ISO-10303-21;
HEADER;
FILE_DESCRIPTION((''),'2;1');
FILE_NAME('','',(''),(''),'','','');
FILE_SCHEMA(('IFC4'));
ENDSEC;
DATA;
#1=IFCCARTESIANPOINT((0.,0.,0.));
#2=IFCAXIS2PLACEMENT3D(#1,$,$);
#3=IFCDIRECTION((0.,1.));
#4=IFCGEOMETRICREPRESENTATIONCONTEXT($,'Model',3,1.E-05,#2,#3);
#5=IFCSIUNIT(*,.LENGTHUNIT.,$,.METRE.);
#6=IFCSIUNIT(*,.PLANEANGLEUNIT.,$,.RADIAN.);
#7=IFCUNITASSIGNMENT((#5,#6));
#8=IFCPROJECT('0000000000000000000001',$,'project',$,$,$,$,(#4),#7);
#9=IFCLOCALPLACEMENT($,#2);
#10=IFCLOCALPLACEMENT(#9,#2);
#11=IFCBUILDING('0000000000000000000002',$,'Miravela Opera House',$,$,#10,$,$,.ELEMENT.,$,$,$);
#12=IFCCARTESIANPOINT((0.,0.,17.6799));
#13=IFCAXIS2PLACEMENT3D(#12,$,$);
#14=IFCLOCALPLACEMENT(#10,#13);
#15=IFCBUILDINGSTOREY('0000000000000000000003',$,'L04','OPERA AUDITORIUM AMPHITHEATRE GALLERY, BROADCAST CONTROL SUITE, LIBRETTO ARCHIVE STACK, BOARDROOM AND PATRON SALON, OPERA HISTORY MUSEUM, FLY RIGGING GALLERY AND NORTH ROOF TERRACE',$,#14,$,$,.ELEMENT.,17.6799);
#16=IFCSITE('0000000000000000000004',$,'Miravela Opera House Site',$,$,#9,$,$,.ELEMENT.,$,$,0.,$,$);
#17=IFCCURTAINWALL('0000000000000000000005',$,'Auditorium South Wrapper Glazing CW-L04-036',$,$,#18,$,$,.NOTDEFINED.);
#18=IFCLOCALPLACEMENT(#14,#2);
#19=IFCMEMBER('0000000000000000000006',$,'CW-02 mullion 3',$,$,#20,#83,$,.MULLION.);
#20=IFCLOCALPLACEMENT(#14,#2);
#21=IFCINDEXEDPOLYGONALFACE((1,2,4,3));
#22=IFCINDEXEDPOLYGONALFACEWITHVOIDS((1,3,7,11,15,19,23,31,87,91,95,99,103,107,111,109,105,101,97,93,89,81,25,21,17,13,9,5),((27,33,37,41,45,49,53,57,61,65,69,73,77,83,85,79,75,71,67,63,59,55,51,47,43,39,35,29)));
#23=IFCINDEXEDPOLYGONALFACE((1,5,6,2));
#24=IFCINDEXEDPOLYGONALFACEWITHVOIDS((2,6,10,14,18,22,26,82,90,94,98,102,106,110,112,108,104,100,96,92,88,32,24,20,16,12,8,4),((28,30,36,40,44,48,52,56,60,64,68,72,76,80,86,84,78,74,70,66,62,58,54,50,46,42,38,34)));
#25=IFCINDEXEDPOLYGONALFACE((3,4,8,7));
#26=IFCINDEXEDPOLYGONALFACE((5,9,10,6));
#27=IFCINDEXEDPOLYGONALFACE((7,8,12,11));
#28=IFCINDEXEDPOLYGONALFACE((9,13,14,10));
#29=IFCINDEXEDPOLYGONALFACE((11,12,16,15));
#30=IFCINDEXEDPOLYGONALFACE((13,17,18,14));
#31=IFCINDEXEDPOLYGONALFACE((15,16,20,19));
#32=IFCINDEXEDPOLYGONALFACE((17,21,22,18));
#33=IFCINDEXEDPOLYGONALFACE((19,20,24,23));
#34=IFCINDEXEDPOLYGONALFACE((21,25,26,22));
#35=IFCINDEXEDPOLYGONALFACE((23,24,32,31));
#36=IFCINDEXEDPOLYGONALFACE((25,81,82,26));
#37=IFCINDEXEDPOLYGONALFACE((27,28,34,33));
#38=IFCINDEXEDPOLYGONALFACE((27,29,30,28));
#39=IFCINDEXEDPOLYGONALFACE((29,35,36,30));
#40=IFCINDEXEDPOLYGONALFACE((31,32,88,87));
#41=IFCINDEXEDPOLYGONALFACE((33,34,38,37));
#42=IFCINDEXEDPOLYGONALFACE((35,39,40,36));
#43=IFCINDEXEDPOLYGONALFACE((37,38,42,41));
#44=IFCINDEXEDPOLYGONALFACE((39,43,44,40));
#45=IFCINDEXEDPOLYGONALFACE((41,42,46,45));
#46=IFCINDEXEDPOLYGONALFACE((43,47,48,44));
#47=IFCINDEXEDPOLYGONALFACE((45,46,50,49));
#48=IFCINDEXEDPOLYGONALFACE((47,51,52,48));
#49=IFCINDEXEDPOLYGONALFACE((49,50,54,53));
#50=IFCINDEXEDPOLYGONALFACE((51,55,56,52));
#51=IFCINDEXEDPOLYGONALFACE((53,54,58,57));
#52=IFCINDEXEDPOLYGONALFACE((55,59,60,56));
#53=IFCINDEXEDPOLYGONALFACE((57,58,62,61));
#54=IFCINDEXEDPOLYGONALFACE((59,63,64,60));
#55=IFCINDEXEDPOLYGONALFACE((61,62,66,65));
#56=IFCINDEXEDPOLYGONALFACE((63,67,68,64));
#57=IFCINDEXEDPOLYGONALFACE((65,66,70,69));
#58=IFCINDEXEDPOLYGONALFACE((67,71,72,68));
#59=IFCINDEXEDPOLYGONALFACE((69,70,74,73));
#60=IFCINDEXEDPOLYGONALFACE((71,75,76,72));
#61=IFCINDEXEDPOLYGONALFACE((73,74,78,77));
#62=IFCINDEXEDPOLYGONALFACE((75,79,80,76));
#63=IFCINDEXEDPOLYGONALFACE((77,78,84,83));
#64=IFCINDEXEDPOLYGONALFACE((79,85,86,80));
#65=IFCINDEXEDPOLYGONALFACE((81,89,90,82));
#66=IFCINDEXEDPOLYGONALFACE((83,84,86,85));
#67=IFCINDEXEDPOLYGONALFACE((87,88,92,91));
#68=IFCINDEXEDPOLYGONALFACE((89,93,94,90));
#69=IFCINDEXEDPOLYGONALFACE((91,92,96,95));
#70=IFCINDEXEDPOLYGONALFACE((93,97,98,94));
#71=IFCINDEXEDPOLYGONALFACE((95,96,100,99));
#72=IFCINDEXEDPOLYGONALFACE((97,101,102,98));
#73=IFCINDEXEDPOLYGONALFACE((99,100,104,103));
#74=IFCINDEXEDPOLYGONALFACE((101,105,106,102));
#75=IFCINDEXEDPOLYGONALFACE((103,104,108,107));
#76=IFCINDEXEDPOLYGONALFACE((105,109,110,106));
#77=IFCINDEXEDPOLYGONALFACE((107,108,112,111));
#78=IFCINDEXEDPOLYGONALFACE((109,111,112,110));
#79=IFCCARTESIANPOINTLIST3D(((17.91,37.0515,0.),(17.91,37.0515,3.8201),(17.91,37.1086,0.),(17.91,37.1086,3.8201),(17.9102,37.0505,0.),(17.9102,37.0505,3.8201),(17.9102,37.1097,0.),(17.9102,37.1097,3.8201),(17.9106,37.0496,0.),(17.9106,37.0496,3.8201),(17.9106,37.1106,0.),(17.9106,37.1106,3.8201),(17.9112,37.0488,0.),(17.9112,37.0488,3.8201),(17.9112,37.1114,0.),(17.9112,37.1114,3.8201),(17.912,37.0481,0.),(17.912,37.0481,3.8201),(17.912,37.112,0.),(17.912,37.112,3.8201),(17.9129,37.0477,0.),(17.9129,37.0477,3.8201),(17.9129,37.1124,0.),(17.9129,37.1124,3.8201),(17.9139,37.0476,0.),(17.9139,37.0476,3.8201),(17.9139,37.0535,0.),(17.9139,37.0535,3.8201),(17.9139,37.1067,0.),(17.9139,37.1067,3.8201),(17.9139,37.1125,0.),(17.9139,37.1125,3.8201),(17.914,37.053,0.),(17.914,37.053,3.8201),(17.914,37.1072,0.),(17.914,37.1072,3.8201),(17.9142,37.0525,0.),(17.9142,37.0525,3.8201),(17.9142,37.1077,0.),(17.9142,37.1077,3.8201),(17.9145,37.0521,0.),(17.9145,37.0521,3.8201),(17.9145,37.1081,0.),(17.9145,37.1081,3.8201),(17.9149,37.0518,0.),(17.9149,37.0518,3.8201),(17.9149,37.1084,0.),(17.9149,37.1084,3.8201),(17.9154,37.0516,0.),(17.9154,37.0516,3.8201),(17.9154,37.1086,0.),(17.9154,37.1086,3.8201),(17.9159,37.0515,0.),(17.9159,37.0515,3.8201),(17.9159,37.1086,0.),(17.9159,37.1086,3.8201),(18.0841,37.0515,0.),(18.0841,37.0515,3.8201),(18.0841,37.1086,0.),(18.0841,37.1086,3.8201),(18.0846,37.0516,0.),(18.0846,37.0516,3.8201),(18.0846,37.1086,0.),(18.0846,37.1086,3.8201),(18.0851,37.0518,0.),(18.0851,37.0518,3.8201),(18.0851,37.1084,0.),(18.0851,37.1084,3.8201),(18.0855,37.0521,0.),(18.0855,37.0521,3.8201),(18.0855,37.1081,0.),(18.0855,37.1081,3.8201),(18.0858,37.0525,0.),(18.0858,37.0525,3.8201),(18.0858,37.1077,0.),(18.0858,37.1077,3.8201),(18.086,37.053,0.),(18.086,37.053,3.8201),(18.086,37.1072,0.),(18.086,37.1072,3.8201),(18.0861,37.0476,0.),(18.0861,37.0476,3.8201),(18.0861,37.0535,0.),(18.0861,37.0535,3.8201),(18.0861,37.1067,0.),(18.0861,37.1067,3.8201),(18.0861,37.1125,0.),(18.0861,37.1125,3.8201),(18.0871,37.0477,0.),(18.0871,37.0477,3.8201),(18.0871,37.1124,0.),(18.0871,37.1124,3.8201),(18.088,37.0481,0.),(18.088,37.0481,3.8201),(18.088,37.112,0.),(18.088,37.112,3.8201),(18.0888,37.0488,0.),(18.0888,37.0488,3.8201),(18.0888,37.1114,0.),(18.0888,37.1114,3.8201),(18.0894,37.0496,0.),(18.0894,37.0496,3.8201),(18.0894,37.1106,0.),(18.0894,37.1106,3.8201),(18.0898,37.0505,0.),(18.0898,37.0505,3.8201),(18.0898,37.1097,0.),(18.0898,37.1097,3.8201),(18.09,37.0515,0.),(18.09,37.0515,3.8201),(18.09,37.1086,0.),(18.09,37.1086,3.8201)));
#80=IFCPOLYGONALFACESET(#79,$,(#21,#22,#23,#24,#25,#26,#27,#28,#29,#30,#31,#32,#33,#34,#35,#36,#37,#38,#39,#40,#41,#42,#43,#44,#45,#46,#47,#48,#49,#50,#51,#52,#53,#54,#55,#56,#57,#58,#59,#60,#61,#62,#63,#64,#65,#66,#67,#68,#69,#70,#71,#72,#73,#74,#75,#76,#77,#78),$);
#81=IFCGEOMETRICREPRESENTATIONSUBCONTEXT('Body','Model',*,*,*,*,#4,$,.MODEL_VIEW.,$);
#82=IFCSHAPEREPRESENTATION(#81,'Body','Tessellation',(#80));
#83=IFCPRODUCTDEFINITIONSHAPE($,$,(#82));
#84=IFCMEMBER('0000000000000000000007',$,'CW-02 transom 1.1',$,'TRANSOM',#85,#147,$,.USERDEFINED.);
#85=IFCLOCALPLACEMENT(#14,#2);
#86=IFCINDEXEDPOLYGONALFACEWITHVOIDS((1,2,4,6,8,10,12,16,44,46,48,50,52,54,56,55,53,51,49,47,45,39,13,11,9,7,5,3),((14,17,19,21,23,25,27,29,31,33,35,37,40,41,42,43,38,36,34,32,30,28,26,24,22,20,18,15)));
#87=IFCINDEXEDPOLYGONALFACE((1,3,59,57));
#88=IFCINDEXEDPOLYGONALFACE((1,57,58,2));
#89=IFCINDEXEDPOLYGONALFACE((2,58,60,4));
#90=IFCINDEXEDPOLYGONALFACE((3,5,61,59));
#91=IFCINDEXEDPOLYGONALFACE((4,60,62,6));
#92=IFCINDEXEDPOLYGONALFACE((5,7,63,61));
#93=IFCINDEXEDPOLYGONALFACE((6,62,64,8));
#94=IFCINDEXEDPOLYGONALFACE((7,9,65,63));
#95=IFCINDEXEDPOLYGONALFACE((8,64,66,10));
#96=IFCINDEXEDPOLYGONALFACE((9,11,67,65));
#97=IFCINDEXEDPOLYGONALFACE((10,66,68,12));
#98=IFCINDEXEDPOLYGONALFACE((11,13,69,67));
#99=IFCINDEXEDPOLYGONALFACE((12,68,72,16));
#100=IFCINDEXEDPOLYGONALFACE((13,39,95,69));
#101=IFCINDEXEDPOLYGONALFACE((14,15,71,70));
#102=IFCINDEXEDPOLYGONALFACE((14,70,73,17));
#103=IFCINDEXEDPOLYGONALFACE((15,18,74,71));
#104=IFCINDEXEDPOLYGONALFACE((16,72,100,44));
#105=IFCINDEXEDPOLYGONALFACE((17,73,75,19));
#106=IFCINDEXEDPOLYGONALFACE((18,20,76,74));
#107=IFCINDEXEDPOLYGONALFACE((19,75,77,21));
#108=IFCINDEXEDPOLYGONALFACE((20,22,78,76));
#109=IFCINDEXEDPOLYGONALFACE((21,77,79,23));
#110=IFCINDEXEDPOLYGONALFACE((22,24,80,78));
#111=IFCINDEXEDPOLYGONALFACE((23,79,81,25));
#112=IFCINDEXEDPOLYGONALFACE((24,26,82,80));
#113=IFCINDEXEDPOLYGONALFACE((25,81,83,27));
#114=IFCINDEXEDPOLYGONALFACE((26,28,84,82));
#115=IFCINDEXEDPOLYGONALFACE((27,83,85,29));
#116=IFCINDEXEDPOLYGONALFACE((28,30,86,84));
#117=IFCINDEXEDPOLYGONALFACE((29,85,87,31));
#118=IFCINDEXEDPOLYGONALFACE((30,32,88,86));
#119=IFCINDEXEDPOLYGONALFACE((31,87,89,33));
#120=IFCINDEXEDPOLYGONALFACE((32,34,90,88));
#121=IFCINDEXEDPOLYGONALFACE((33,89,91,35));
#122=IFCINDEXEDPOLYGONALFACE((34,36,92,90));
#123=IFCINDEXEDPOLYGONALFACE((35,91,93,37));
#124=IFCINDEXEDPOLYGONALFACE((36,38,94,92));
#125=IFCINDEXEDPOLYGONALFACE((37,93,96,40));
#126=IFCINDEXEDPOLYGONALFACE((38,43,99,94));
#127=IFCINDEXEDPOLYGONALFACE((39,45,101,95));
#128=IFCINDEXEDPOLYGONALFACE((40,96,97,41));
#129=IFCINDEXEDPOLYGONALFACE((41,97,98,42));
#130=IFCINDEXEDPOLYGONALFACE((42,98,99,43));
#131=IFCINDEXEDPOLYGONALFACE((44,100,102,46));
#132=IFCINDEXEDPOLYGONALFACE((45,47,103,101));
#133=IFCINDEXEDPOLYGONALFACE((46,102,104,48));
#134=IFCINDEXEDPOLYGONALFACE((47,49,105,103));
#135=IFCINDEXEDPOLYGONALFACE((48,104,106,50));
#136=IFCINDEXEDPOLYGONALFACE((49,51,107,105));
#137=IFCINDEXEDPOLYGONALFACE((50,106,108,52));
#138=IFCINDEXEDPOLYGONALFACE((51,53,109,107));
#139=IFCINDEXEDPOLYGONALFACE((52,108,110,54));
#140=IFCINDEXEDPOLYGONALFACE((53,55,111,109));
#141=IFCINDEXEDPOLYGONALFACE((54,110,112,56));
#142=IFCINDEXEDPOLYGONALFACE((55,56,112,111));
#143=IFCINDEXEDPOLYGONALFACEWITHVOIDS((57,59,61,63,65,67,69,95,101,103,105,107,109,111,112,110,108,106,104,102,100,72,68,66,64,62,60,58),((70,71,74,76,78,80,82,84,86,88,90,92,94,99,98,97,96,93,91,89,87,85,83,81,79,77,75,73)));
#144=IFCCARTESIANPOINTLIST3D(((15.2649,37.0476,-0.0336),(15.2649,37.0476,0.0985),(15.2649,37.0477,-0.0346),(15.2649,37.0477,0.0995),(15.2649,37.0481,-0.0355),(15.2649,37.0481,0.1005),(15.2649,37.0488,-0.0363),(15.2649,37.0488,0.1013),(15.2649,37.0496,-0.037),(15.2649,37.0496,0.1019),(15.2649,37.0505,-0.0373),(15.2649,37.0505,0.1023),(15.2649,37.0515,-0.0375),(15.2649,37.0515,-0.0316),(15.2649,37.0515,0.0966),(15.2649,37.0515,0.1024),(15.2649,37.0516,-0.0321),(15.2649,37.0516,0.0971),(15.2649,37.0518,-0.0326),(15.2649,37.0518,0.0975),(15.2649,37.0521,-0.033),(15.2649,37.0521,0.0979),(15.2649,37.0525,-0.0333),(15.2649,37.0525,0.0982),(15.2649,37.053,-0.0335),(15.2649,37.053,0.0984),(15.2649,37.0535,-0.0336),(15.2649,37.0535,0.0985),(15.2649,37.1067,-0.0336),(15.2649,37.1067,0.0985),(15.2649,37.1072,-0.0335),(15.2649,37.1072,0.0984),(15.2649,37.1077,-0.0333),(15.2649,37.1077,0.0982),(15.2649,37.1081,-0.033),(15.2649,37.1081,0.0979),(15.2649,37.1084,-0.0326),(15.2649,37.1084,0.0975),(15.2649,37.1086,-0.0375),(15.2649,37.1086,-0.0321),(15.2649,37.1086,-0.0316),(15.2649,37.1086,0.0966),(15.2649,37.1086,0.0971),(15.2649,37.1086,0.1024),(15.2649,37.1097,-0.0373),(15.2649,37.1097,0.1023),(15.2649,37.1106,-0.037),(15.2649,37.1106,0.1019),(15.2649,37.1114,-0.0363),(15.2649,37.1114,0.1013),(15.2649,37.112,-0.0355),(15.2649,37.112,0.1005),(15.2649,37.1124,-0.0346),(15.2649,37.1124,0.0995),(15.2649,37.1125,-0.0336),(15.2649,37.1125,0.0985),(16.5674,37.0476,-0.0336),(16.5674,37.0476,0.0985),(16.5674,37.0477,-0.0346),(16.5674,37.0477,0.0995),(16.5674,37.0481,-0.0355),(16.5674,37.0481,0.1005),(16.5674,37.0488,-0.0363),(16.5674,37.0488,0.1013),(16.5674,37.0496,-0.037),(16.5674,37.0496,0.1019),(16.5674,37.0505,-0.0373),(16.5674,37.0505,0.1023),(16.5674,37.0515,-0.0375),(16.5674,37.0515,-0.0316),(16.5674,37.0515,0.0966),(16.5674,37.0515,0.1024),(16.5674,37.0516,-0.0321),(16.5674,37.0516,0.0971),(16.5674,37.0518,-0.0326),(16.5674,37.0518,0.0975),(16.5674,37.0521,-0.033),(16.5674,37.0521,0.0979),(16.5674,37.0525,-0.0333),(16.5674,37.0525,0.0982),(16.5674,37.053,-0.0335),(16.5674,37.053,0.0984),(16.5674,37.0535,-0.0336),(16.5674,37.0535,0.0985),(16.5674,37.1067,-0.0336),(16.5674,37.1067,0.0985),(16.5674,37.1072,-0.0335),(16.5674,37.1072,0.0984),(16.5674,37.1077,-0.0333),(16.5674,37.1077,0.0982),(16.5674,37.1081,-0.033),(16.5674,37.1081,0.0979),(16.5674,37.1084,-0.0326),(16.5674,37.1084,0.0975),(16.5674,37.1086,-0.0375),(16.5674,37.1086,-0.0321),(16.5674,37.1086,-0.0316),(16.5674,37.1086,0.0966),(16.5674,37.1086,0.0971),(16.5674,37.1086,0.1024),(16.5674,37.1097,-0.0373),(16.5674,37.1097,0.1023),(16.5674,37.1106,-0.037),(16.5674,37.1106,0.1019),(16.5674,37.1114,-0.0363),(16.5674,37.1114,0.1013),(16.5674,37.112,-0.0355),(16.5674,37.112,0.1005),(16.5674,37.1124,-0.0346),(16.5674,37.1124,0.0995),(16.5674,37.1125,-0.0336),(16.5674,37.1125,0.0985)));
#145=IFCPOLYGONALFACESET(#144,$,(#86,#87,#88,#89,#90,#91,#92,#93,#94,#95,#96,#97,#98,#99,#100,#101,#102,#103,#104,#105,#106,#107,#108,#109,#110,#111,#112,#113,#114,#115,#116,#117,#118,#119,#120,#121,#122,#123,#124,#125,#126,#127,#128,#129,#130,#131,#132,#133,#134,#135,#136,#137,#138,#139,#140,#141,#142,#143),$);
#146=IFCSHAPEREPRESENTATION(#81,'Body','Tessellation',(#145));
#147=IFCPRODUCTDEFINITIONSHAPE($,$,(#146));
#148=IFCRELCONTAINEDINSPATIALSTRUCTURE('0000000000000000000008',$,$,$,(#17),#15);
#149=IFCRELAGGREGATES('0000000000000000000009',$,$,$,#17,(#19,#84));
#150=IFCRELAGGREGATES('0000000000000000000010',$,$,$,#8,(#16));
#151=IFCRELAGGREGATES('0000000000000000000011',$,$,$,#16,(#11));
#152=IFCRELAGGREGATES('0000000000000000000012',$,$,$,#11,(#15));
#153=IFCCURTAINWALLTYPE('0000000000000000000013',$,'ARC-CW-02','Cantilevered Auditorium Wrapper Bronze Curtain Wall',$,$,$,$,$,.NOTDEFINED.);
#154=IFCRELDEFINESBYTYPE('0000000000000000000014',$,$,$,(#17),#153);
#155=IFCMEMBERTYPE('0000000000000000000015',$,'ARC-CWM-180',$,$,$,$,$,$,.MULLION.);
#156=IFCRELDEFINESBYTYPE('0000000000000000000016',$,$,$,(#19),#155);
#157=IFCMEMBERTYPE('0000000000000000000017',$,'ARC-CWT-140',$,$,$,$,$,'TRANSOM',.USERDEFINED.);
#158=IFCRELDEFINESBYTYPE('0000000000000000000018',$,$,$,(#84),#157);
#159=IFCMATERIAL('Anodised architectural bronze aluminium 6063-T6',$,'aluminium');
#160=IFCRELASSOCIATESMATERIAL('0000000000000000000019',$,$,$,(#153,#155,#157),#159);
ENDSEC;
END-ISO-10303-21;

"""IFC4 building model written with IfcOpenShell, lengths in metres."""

from ifc_helpers import new_model, si_unit, direction, frame, origin, origin_2d, place, context, subcontext, project, spatial, hollow_rectangle, extrude, material, material_profile, profile_set, type_object, element, aggregate, save


model = new_model("IFC4")

# Units and contexts
model_context = context("Model", 3, precision=1e-05, world=origin(), true_north=direction((0.0, 1.0)))
body_context = subcontext(model_context, "Body", "Model", "MODEL_VIEW")
ifc_project = project(units=[si_unit("LENGTHUNIT", "METRE"), si_unit("PLANEANGLEUNIT", "RADIAN")], contexts=[model_context])

# Site, building, storey
site_placement = place(None, origin())
site = spatial("IfcSite", under=ifc_project, at=site_placement, Name="Miravela Opera House Site", CompositionType="ELEMENT", RefElevation=0.0)
building_placement = place(site_placement, origin())
building = spatial("IfcBuilding", under=site, at=building_placement, Name="Miravela Opera House", CompositionType="ELEMENT")
storey_placement = place(building_placement, frame((0.0, 0.0, 17.6799)))
storey = spatial("IfcBuildingStorey", under=building, at=storey_placement, Name="L04", Description="OPERA AUDITORIUM AMPHITHEATRE GALLERY, BROADCAST CONTROL SUITE, LIBRETTO ARCHIVE STACK, BOARDROOM AND PATRON SALON, OPERA HISTORY MUSEUM, FLY RIGGING GALLERY AND NORTH ROOF TERRACE", CompositionType="ELEMENT", Elevation=17.6799)

# Curtain wall, members
ifc_material_1 = material(Name="Anodised architectural bronze aluminium 6063-T6", Category="aluminium")
curtain_wall_type = type_object("IfcCurtainWallType", Name="ARC-CW-02", Description="Cantilevered Auditorium Wrapper Bronze Curtain Wall", PredefinedType="NOTDEFINED", material=ifc_material_1)
curtain_wall_placement = place(storey_placement, origin())
curtain_wall = element("IfcCurtainWall", 1, at=curtain_wall_placement, inside=storey, type_object=curtain_wall_type, Name="Auditorium South Wrapper Glazing CW-L04-036", PredefinedType="NOTDEFINED")
ifc_material_profile_1 = material_profile(ifc_material_1, hollow_rectangle(XDim=0.0649, YDim=0.1799, WallThickness=0.0039, InnerFilletRadius=0.002, OuterFilletRadius=0.0039, at=origin_2d()), Name="CWM-65X180")
ifc_profile_set_1 = profile_set([ifc_material_profile_1])
member_type_1 = type_object("IfcMemberType", Name="ARC-CWM-180", PredefinedType="MULLION", material=ifc_profile_set_1)
member_1_placement = place(storey_placement, frame((18.0, 37.0801, 0.0), z_axis=(0.0, 0.0, 1.0), x_axis=(0.0, 1.0, 0.0)))
member_1 = element("IfcMember", 2, at=member_1_placement, type_object=member_type_1, Name="CW-02 mullion 3", PredefinedType="MULLION", context=body_context, shape_type="SweptSolid", body=[
    extrude(hollow_rectangle(XDim=0.0649, YDim=0.1799, WallThickness=0.0039, InnerFilletRadius=0.002, OuterFilletRadius=0.0039, at=origin_2d()), origin(), (0.0, 0.0, 1.0), 3.8201),
])
ifc_material_profile_2 = material_profile(ifc_material_1, hollow_rectangle(XDim=0.0649, YDim=0.1399, WallThickness=0.0039, InnerFilletRadius=0.002, OuterFilletRadius=0.0039, at=origin_2d()), Name="CWT-65X140")
ifc_profile_set_2 = profile_set([ifc_material_profile_2])
member_type_2 = type_object("IfcMemberType", Name="ARC-CWT-140", ElementType="TRANSOM", PredefinedType="USERDEFINED", material=ifc_profile_set_2)
member_2_placement = place(storey_placement, frame((15.2649, 37.0801, 0.0325), z_axis=(1.0, 0.0, 0.0), x_axis=(0.0, 1.0, 0.0)))
member_2 = element("IfcMember", 3, at=member_2_placement, type_object=member_type_2, Name="CW-02 transom 1.1", ObjectType="TRANSOM", PredefinedType="USERDEFINED", context=body_context, shape_type="SweptSolid", body=[
    extrude(hollow_rectangle(XDim=0.0649, YDim=0.1399, WallThickness=0.0039, InnerFilletRadius=0.002, OuterFilletRadius=0.0039, at=origin_2d()), origin(), (0.0, 0.0, 1.0), 1.3025),
])

aggregate(curtain_wall, [member_1, member_2])

save(model, "model.ifc")
